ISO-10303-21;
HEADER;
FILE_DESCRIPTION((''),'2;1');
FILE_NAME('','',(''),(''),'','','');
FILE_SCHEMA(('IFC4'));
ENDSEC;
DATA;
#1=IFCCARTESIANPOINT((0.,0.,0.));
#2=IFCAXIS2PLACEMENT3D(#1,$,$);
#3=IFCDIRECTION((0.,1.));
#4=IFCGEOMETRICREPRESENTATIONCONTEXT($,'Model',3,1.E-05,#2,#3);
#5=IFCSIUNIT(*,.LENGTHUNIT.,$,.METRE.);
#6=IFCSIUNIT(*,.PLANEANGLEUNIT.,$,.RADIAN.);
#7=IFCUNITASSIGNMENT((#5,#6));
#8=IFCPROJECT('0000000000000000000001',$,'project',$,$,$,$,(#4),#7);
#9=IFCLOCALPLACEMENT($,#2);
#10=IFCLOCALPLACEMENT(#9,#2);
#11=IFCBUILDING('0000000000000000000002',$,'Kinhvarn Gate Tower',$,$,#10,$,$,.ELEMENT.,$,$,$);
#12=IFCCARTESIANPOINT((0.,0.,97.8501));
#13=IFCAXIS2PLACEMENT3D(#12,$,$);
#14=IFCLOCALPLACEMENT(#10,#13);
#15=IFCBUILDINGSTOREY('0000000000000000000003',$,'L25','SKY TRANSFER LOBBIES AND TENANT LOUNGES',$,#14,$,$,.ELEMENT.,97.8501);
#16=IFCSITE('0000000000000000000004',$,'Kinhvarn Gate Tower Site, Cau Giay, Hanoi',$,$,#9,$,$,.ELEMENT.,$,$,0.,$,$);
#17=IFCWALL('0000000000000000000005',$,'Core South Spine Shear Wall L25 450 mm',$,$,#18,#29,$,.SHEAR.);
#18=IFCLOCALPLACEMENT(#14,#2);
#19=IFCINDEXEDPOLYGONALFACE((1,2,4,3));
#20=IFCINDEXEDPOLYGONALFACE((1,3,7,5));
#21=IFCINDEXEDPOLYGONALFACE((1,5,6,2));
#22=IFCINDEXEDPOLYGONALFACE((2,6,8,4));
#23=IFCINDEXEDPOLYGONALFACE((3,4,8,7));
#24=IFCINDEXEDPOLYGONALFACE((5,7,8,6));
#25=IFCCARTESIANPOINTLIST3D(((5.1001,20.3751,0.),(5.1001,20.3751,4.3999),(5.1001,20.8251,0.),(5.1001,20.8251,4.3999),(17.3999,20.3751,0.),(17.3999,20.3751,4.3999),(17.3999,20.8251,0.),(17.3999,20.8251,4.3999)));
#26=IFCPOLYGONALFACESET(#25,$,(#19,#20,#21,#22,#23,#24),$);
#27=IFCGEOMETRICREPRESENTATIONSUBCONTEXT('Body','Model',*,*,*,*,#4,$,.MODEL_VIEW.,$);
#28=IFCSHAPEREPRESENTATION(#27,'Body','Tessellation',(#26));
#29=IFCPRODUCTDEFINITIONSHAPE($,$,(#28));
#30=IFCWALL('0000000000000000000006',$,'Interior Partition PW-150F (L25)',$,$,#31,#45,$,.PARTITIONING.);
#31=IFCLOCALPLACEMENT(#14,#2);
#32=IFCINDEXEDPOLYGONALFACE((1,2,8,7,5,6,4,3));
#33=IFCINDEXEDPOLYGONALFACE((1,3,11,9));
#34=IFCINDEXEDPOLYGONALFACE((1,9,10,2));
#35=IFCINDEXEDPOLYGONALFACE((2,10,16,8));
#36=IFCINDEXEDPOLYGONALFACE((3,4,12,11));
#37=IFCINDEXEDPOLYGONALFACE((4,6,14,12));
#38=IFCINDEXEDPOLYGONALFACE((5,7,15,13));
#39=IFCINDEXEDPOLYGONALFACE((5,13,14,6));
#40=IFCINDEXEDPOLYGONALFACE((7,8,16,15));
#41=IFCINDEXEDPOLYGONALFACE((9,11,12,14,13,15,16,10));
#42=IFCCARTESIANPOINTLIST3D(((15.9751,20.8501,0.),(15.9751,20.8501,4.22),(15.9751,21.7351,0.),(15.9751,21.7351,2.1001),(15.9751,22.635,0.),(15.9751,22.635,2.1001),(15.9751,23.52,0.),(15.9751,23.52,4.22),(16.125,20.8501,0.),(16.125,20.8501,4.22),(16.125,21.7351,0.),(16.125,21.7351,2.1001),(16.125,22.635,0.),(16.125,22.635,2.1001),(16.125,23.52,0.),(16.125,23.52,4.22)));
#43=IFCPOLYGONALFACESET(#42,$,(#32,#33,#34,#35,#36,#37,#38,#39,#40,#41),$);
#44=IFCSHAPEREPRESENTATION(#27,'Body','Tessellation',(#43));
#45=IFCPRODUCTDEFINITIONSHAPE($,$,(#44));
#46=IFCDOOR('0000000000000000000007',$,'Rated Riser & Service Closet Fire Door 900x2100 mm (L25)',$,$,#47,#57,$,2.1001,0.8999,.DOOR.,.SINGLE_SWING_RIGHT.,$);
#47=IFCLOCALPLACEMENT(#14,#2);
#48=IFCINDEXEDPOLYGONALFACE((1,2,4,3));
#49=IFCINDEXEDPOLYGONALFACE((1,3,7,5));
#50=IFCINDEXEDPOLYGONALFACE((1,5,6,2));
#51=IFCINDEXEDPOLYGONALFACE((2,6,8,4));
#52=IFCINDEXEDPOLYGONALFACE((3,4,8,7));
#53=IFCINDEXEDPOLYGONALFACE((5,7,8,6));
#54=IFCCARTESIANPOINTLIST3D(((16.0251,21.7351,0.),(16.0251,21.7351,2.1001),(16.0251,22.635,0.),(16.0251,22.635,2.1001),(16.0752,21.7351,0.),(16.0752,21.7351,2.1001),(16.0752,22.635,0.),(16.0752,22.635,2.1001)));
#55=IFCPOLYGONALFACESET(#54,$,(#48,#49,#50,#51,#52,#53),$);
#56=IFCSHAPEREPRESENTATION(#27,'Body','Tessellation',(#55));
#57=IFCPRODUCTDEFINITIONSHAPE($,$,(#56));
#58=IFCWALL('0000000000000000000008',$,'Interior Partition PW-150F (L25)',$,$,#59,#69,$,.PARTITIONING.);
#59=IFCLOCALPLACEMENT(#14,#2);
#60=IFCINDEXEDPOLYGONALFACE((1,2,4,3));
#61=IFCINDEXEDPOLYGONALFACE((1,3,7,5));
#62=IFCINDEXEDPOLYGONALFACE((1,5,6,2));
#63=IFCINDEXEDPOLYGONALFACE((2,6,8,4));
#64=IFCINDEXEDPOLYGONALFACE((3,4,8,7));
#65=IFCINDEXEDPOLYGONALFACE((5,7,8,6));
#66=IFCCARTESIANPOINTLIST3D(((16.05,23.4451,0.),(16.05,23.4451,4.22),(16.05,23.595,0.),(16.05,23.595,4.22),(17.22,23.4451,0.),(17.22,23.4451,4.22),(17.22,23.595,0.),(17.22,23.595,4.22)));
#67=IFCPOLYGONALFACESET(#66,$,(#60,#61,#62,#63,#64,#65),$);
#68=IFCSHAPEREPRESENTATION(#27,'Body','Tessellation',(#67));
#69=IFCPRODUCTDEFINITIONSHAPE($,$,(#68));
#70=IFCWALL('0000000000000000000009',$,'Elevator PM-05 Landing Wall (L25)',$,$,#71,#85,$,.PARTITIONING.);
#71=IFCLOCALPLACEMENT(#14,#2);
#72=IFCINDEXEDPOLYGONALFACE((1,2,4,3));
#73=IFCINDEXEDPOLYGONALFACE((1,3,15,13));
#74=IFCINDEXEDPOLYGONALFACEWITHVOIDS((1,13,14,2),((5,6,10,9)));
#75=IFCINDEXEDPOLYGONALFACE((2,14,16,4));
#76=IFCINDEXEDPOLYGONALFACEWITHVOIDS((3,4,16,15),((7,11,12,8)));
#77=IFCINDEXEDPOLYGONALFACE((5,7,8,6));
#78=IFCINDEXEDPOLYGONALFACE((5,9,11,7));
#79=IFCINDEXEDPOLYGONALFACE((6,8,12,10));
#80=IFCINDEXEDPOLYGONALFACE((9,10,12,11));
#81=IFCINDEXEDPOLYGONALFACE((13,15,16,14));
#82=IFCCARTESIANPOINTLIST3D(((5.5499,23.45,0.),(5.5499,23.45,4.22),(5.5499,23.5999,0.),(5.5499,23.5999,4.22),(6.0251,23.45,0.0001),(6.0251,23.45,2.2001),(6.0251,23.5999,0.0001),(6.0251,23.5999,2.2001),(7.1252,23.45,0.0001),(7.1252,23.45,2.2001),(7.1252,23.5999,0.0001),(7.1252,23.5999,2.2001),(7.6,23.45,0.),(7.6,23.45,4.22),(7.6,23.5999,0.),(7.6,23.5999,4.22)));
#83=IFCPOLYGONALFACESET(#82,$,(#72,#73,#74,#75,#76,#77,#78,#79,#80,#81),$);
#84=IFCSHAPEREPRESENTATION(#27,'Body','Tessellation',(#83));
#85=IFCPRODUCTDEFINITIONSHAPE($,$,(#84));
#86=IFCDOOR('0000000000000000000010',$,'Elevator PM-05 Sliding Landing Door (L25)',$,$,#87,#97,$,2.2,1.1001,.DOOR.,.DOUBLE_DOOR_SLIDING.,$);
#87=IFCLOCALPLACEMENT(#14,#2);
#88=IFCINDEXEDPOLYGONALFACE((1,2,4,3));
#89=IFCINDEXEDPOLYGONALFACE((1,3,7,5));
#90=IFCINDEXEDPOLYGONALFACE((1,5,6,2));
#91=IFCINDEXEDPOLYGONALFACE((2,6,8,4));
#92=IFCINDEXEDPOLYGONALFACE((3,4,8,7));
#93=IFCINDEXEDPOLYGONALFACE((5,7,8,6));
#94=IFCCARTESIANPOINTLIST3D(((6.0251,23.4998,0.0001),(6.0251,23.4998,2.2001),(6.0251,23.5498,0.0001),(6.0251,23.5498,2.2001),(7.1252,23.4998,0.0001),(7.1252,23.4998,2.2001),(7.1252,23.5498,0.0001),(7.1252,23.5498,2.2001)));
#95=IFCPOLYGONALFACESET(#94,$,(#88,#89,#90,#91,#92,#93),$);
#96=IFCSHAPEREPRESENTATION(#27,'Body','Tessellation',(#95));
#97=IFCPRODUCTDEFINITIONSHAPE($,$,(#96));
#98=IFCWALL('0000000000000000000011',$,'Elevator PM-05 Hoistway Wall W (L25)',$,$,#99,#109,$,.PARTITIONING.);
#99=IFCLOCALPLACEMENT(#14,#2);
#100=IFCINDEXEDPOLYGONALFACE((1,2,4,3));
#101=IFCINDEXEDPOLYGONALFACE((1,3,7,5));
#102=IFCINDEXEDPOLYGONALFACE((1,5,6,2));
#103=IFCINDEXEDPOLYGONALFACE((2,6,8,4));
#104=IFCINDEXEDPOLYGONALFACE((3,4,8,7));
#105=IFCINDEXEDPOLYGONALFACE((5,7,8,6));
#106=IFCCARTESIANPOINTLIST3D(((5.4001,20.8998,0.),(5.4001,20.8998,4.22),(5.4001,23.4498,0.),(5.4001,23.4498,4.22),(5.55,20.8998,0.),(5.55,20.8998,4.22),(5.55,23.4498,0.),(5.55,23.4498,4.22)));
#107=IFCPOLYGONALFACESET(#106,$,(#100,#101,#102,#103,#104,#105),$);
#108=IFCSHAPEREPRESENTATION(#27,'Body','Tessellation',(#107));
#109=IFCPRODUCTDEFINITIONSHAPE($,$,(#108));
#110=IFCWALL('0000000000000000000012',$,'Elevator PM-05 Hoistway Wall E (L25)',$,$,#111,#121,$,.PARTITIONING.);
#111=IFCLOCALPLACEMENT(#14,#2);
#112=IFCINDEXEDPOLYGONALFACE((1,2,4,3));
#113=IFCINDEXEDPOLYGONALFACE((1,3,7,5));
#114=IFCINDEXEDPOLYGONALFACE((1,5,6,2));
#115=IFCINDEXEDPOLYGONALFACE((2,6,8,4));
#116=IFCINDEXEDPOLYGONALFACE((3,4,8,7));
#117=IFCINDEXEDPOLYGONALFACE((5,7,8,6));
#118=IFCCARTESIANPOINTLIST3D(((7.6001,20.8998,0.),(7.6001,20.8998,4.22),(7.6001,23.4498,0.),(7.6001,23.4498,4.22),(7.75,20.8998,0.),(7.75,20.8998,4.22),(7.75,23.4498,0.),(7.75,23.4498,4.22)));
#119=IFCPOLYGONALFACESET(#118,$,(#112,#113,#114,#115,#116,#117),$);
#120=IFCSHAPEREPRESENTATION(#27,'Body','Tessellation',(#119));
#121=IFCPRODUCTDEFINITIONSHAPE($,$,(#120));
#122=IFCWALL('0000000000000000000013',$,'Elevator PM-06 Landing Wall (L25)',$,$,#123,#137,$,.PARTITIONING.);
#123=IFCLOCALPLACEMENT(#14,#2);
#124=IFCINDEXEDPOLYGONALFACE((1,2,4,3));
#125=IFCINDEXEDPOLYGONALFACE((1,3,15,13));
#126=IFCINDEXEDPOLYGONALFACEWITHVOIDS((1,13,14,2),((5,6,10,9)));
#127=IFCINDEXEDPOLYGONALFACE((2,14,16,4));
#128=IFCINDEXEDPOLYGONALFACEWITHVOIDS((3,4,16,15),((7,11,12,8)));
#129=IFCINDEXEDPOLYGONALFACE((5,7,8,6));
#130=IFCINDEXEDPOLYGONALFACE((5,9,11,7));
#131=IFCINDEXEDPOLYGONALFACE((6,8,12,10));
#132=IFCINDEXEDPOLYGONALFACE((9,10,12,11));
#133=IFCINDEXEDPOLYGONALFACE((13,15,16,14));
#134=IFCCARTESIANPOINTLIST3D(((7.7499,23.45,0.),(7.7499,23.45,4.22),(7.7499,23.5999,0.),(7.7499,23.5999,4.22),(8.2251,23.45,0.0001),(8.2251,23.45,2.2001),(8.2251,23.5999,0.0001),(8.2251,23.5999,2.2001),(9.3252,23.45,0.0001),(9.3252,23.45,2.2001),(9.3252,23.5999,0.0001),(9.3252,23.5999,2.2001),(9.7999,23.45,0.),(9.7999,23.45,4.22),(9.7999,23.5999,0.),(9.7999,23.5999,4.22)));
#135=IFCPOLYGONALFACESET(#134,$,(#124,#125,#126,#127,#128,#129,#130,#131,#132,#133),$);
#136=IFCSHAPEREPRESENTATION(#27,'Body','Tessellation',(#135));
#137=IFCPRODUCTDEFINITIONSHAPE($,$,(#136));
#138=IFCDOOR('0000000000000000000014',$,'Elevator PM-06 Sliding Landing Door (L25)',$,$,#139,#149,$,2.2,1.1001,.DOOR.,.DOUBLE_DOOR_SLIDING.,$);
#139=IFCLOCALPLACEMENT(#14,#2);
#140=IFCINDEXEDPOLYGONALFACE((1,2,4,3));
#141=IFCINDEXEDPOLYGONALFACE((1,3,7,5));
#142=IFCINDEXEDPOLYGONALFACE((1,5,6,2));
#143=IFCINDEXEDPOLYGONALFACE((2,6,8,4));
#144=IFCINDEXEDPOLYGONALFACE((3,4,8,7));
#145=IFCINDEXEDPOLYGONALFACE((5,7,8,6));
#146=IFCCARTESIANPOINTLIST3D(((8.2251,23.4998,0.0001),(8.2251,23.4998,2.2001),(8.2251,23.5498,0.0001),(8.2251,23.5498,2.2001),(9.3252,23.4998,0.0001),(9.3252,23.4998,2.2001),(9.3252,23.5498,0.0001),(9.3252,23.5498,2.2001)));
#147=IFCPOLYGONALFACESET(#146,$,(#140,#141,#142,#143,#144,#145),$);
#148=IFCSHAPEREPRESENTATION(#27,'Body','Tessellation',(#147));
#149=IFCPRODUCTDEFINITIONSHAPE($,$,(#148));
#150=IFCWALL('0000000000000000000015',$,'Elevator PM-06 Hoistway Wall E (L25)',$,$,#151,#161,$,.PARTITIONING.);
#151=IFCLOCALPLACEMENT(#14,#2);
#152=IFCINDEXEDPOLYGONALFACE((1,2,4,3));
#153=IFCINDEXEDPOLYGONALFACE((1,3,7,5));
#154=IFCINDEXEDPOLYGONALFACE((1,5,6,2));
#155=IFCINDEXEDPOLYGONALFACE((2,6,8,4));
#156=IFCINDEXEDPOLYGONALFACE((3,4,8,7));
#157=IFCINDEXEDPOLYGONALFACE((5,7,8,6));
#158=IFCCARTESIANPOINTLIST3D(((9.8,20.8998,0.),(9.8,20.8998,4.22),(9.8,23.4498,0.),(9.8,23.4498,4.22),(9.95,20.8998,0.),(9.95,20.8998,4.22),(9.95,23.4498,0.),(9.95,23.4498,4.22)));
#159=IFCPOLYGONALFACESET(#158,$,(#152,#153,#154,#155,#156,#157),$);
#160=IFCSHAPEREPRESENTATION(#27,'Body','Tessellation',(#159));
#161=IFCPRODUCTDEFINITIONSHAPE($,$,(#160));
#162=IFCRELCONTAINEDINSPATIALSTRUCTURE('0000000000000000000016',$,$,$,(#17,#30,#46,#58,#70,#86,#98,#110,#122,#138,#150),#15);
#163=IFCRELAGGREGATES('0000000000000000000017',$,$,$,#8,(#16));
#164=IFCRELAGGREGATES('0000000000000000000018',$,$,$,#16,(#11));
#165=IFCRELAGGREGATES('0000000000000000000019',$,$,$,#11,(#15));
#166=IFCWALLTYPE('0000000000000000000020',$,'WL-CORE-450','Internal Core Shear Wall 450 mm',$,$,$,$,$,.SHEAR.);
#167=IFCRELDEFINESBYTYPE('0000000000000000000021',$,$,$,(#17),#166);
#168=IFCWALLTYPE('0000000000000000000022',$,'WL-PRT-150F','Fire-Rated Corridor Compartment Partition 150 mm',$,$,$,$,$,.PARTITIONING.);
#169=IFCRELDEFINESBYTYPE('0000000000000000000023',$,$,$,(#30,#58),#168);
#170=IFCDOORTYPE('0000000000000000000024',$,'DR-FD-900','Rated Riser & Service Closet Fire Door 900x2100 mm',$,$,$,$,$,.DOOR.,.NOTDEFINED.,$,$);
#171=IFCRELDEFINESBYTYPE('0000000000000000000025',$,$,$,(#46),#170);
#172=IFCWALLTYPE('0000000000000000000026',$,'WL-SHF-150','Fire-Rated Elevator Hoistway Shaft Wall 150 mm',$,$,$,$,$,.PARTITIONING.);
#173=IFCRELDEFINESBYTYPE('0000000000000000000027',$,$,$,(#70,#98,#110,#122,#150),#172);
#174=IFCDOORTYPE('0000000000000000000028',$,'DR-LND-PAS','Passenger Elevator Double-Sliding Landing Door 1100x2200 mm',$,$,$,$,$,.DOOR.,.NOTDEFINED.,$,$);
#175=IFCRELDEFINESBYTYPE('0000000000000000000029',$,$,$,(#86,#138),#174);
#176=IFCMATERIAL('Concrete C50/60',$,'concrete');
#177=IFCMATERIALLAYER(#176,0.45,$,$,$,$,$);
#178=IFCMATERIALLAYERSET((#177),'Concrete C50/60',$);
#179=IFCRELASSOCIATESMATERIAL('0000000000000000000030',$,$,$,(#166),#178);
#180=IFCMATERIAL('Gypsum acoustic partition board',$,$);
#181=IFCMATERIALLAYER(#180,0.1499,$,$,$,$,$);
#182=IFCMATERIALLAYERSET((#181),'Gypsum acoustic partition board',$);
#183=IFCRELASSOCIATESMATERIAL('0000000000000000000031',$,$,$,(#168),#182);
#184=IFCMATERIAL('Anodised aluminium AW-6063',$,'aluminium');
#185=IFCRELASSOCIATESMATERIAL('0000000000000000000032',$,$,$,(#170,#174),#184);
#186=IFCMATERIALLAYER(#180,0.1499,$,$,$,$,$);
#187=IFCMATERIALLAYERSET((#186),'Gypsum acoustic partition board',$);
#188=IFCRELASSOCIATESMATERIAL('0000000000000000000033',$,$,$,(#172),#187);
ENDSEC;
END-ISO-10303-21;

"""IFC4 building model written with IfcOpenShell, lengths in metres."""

from ifc_helpers import new_model, si_unit, direction, frame, frame_2d, origin, place, context, subcontext, project, spatial, rectangle, extrude, material, layer, layer_set, type_object, element, fill, save


model = new_model("IFC4")

# Units and contexts
model_context = context("Model", 3, precision=1e-05, world=origin(), true_north=direction((0.0, 1.0)))
body_context = subcontext(model_context, "Body", "Model", "MODEL_VIEW")
ifc_project = project(units=[si_unit("LENGTHUNIT", "METRE"), si_unit("PLANEANGLEUNIT", "RADIAN")], contexts=[model_context])

# Site, building, storey
site_placement = place(None, origin())
site = spatial("IfcSite", under=ifc_project, at=site_placement, Name="Kinhvarn Gate Tower Site, Cau Giay, Hanoi", CompositionType="ELEMENT", RefElevation=0.0)
building_placement = place(site_placement, origin())
building = spatial("IfcBuilding", under=site, at=building_placement, Name="Kinhvarn Gate Tower", CompositionType="ELEMENT")
storey_placement = place(building_placement, frame((0.0, 0.0, 97.8501)))
storey = spatial("IfcBuildingStorey", under=building, at=storey_placement, Name="L25", Description="SKY TRANSFER LOBBIES AND TENANT LOUNGES", CompositionType="ELEMENT", Elevation=97.8501)

# Wall
ifc_material_1 = material(Name="Concrete C50/60", Category="concrete")
ifc_layer_1 = layer(ifc_material_1, 0.45)
ifc_layer_set_1 = layer_set([ifc_layer_1], Name="Concrete C50/60")
wall_type_1 = type_object("IfcWallType", Name="WL-CORE-450", Description="Internal Core Shear Wall 450 mm", PredefinedType="SHEAR", material=ifc_layer_set_1)
wall_1_placement = place(storey_placement, frame((5.1001, 20.6001, 0.0), z_axis=(0.0, 0.0, 1.0), x_axis=(1.0, 0.0, 0.0)))
element("IfcWall", 1, at=wall_1_placement, inside=storey, type_object=wall_type_1, Name="Core South Spine Shear Wall L25 450 mm", PredefinedType="SHEAR", context=body_context, shape_type="SweptSolid", body=[
    extrude(rectangle(XDim=12.2998, YDim=0.45, at=frame_2d((6.1499, 0.0))), origin(), (0.0, 0.0, 1.0), 4.3999),
])

# Wall, opening, door
ifc_material_2 = material(Name="Gypsum acoustic partition board")
ifc_layer_2 = layer(ifc_material_2, 0.1499)
ifc_layer_set_2 = layer_set([ifc_layer_2], Name="Gypsum acoustic partition board")
wall_type_2 = type_object("IfcWallType", Name="WL-PRT-150F", Description="Fire-Rated Corridor Compartment Partition 150 mm", PredefinedType="PARTITIONING", material=ifc_layer_set_2)
wall_2_placement = place(storey_placement, frame((16.05, 20.8501, 0.0), z_axis=(0.0, 0.0, 1.0), x_axis=(0.0, 1.0, 0.0)))
wall_2 = element("IfcWall", 2, at=wall_2_placement, inside=storey, type_object=wall_type_2, Name="Interior Partition PW-150F (L25)", PredefinedType="PARTITIONING", context=body_context, shape_type="SweptSolid", body=[
    extrude(rectangle(XDim=2.6699, YDim=0.1499, at=frame_2d((1.335, 0.0))), origin(), (0.0, 0.0, 1.0), 4.22),
])
opening_1_placement = place(wall_2_placement, frame((0.885, 0.0, 0.0)))
opening_1 = element("IfcOpeningElement", 3, at=opening_1_placement, cuts=wall_2, PredefinedType="OPENING", context=body_context, shape_type="SweptSolid", body=[
    extrude(rectangle(XDim=0.8999, YDim=2.1001, at=frame_2d((0.45, 1.05))), frame((0.0, 0.085, 0.0), z_axis=(0.0, -1.0, 0.0), x_axis=(1.0, 0.0, 0.0)), (0.0, 0.0, 1.0), 0.1699),
])
ifc_material_3 = material(Name="Anodised aluminium AW-6063", Category="aluminium")
door_type_1 = type_object("IfcDoorType", Name="DR-FD-900", Description="Rated Riser & Service Closet Fire Door 900x2100 mm", OperationType="NOTDEFINED", PredefinedType="DOOR", material=ifc_material_3)
door_1_placement = place(opening_1_placement, origin())
door_1 = element("IfcDoor", 4, at=door_1_placement, inside=storey, type_object=door_type_1, Name="Rated Riser & Service Closet Fire Door 900x2100 mm (L25)", OperationType="SINGLE_SWING_RIGHT", OverallHeight=2.1001, OverallWidth=0.8999, PredefinedType="DOOR", context=body_context, shape_type="SweptSolid", body=[
    extrude(rectangle(XDim=0.8999, YDim=2.1001, at=frame_2d((0.45, 1.05))), frame((0.0, 0.0249, 0.0), z_axis=(0.0, -1.0, 0.0), x_axis=(1.0, 0.0, 0.0)), (0.0, 0.0, 1.0), 0.05),
])
fill(opening_1, door_1)

# Wall
wall_3_placement = place(storey_placement, frame((16.05, 23.52, 0.0), z_axis=(0.0, 0.0, 1.0), x_axis=(1.0, 0.0, 0.0)))
element("IfcWall", 5, at=wall_3_placement, inside=storey, type_object=wall_type_2, Name="Interior Partition PW-150F (L25)", PredefinedType="PARTITIONING", context=body_context, shape_type="SweptSolid", body=[
    extrude(rectangle(XDim=1.1699, YDim=0.1499, at=frame_2d((0.585, 0.0))), origin(), (0.0, 0.0, 1.0), 4.22),
])

# Wall, opening, door
ifc_layer_3 = layer(ifc_material_2, 0.1499)
ifc_layer_set_3 = layer_set([ifc_layer_3], Name="Gypsum acoustic partition board")
wall_type_3 = type_object("IfcWallType", Name="WL-SHF-150", Description="Fire-Rated Elevator Hoistway Shaft Wall 150 mm", PredefinedType="PARTITIONING", material=ifc_layer_set_3)
wall_4_placement = place(storey_placement, frame((5.55, 23.5249, 0.0), z_axis=(0.0, 0.0, 1.0), x_axis=(1.0, 0.0, 0.0)))
wall_4 = element("IfcWall", 6, at=wall_4_placement, inside=storey, type_object=wall_type_3, Name="Elevator PM-05 Landing Wall (L25)", PredefinedType="PARTITIONING", context=body_context, shape_type="SweptSolid", body=[
    extrude(rectangle(XDim=2.05, YDim=0.1499, at=frame_2d((1.0249, 0.0))), origin(), (0.0, 0.0, 1.0), 4.22),
])
opening_2_placement = place(wall_4_placement, frame((0.4751, 0.0, 0.0)))
opening_2 = element("IfcOpeningElement", 7, at=opening_2_placement, cuts=wall_4, PredefinedType="OPENING", context=body_context, shape_type="SweptSolid", body=[
    extrude(rectangle(XDim=1.1001, YDim=2.2, at=frame_2d((0.55, 1.1001))), frame((0.0, 0.085, 0.0), z_axis=(0.0, -1.0, 0.0), x_axis=(1.0, 0.0, 0.0)), (0.0, 0.0, 1.0), 0.1699),
])
door_type_2 = type_object("IfcDoorType", Name="DR-LND-PAS", Description="Passenger Elevator Double-Sliding Landing Door 1100x2200 mm", OperationType="NOTDEFINED", PredefinedType="DOOR", material=ifc_material_3)
door_2_placement = place(opening_2_placement, origin())
door_2 = element("IfcDoor", 8, at=door_2_placement, inside=storey, type_object=door_type_2, Name="Elevator PM-05 Sliding Landing Door (L25)", OperationType="DOUBLE_DOOR_SLIDING", OverallHeight=2.2, OverallWidth=1.1001, PredefinedType="DOOR", context=body_context, shape_type="SweptSolid", body=[
    extrude(rectangle(XDim=1.1001, YDim=2.2, at=frame_2d((0.55, 1.1001))), frame((0.0, 0.0249, 0.0), z_axis=(0.0, -1.0, 0.0), x_axis=(1.0, 0.0, 0.0)), (0.0, 0.0, 1.0), 0.05),
])
fill(opening_2, door_2)

# Walls
for number, where, z_axis, x_axis, name in (
    (9, (5.4751, 20.8999, 0.0), (0.0, 0.0, 1.0), (0.0, 1.0, 0.0), "Elevator PM-05 Hoistway Wall W (L25)"),
    (10, (7.675, 20.8999, 0.0), (0.0, 0.0, 1.0), (0.0, 1.0, 0.0), "Elevator PM-05 Hoistway Wall E (L25)"),
):
    element("IfcWall", number, at=place(storey_placement, frame(where, z_axis=z_axis, x_axis=x_axis)), inside=storey, type_object=wall_type_3, Name=name, PredefinedType="PARTITIONING", context=body_context, shape_type="SweptSolid", body=[
        extrude(rectangle(XDim=2.55, YDim=0.1499, at=frame_2d((1.2749, 0.0))), origin(), (0.0, 0.0, 1.0), 4.22),
    ])

# Wall, opening, door
wall_5_placement = place(storey_placement, frame((7.75, 23.5249, 0.0), z_axis=(0.0, 0.0, 1.0), x_axis=(1.0, 0.0, 0.0)))
wall_5 = element("IfcWall", 11, at=wall_5_placement, inside=storey, type_object=wall_type_3, Name="Elevator PM-06 Landing Wall (L25)", PredefinedType="PARTITIONING", context=body_context, shape_type="SweptSolid", body=[
    extrude(rectangle(XDim=2.05, YDim=0.1499, at=frame_2d((1.0249, 0.0))), origin(), (0.0, 0.0, 1.0), 4.22),
])
opening_3_placement = place(wall_5_placement, frame((0.4751, 0.0, 0.0)))
opening_3 = element("IfcOpeningElement", 12, at=opening_3_placement, cuts=wall_5, PredefinedType="OPENING", context=body_context, shape_type="SweptSolid", body=[
    extrude(rectangle(XDim=1.1001, YDim=2.2, at=frame_2d((0.55, 1.1001))), frame((0.0, 0.085, 0.0), z_axis=(0.0, -1.0, 0.0), x_axis=(1.0, 0.0, 0.0)), (0.0, 0.0, 1.0), 0.1699),
])
door_3_placement = place(opening_3_placement, origin())
door_3 = element("IfcDoor", 13, at=door_3_placement, inside=storey, type_object=door_type_2, Name="Elevator PM-06 Sliding Landing Door (L25)", OperationType="DOUBLE_DOOR_SLIDING", OverallHeight=2.2, OverallWidth=1.1001, PredefinedType="DOOR", context=body_context, shape_type="SweptSolid", body=[
    extrude(rectangle(XDim=1.1001, YDim=2.2, at=frame_2d((0.55, 1.1001))), frame((0.0, 0.0249, 0.0), z_axis=(0.0, -1.0, 0.0), x_axis=(1.0, 0.0, 0.0)), (0.0, 0.0, 1.0), 0.05),
])
fill(opening_3, door_3)

# Wall
wall_6_placement = place(storey_placement, frame((9.875, 20.8999, 0.0), z_axis=(0.0, 0.0, 1.0), x_axis=(0.0, 1.0, 0.0)))
element("IfcWall", 14, at=wall_6_placement, inside=storey, type_object=wall_type_3, Name="Elevator PM-06 Hoistway Wall E (L25)", PredefinedType="PARTITIONING", context=body_context, shape_type="SweptSolid", body=[
    extrude(rectangle(XDim=2.55, YDim=0.1499, at=frame_2d((1.2749, 0.0))), origin(), (0.0, 0.0, 1.0), 4.22),
])

save(model, "model.ifc")
